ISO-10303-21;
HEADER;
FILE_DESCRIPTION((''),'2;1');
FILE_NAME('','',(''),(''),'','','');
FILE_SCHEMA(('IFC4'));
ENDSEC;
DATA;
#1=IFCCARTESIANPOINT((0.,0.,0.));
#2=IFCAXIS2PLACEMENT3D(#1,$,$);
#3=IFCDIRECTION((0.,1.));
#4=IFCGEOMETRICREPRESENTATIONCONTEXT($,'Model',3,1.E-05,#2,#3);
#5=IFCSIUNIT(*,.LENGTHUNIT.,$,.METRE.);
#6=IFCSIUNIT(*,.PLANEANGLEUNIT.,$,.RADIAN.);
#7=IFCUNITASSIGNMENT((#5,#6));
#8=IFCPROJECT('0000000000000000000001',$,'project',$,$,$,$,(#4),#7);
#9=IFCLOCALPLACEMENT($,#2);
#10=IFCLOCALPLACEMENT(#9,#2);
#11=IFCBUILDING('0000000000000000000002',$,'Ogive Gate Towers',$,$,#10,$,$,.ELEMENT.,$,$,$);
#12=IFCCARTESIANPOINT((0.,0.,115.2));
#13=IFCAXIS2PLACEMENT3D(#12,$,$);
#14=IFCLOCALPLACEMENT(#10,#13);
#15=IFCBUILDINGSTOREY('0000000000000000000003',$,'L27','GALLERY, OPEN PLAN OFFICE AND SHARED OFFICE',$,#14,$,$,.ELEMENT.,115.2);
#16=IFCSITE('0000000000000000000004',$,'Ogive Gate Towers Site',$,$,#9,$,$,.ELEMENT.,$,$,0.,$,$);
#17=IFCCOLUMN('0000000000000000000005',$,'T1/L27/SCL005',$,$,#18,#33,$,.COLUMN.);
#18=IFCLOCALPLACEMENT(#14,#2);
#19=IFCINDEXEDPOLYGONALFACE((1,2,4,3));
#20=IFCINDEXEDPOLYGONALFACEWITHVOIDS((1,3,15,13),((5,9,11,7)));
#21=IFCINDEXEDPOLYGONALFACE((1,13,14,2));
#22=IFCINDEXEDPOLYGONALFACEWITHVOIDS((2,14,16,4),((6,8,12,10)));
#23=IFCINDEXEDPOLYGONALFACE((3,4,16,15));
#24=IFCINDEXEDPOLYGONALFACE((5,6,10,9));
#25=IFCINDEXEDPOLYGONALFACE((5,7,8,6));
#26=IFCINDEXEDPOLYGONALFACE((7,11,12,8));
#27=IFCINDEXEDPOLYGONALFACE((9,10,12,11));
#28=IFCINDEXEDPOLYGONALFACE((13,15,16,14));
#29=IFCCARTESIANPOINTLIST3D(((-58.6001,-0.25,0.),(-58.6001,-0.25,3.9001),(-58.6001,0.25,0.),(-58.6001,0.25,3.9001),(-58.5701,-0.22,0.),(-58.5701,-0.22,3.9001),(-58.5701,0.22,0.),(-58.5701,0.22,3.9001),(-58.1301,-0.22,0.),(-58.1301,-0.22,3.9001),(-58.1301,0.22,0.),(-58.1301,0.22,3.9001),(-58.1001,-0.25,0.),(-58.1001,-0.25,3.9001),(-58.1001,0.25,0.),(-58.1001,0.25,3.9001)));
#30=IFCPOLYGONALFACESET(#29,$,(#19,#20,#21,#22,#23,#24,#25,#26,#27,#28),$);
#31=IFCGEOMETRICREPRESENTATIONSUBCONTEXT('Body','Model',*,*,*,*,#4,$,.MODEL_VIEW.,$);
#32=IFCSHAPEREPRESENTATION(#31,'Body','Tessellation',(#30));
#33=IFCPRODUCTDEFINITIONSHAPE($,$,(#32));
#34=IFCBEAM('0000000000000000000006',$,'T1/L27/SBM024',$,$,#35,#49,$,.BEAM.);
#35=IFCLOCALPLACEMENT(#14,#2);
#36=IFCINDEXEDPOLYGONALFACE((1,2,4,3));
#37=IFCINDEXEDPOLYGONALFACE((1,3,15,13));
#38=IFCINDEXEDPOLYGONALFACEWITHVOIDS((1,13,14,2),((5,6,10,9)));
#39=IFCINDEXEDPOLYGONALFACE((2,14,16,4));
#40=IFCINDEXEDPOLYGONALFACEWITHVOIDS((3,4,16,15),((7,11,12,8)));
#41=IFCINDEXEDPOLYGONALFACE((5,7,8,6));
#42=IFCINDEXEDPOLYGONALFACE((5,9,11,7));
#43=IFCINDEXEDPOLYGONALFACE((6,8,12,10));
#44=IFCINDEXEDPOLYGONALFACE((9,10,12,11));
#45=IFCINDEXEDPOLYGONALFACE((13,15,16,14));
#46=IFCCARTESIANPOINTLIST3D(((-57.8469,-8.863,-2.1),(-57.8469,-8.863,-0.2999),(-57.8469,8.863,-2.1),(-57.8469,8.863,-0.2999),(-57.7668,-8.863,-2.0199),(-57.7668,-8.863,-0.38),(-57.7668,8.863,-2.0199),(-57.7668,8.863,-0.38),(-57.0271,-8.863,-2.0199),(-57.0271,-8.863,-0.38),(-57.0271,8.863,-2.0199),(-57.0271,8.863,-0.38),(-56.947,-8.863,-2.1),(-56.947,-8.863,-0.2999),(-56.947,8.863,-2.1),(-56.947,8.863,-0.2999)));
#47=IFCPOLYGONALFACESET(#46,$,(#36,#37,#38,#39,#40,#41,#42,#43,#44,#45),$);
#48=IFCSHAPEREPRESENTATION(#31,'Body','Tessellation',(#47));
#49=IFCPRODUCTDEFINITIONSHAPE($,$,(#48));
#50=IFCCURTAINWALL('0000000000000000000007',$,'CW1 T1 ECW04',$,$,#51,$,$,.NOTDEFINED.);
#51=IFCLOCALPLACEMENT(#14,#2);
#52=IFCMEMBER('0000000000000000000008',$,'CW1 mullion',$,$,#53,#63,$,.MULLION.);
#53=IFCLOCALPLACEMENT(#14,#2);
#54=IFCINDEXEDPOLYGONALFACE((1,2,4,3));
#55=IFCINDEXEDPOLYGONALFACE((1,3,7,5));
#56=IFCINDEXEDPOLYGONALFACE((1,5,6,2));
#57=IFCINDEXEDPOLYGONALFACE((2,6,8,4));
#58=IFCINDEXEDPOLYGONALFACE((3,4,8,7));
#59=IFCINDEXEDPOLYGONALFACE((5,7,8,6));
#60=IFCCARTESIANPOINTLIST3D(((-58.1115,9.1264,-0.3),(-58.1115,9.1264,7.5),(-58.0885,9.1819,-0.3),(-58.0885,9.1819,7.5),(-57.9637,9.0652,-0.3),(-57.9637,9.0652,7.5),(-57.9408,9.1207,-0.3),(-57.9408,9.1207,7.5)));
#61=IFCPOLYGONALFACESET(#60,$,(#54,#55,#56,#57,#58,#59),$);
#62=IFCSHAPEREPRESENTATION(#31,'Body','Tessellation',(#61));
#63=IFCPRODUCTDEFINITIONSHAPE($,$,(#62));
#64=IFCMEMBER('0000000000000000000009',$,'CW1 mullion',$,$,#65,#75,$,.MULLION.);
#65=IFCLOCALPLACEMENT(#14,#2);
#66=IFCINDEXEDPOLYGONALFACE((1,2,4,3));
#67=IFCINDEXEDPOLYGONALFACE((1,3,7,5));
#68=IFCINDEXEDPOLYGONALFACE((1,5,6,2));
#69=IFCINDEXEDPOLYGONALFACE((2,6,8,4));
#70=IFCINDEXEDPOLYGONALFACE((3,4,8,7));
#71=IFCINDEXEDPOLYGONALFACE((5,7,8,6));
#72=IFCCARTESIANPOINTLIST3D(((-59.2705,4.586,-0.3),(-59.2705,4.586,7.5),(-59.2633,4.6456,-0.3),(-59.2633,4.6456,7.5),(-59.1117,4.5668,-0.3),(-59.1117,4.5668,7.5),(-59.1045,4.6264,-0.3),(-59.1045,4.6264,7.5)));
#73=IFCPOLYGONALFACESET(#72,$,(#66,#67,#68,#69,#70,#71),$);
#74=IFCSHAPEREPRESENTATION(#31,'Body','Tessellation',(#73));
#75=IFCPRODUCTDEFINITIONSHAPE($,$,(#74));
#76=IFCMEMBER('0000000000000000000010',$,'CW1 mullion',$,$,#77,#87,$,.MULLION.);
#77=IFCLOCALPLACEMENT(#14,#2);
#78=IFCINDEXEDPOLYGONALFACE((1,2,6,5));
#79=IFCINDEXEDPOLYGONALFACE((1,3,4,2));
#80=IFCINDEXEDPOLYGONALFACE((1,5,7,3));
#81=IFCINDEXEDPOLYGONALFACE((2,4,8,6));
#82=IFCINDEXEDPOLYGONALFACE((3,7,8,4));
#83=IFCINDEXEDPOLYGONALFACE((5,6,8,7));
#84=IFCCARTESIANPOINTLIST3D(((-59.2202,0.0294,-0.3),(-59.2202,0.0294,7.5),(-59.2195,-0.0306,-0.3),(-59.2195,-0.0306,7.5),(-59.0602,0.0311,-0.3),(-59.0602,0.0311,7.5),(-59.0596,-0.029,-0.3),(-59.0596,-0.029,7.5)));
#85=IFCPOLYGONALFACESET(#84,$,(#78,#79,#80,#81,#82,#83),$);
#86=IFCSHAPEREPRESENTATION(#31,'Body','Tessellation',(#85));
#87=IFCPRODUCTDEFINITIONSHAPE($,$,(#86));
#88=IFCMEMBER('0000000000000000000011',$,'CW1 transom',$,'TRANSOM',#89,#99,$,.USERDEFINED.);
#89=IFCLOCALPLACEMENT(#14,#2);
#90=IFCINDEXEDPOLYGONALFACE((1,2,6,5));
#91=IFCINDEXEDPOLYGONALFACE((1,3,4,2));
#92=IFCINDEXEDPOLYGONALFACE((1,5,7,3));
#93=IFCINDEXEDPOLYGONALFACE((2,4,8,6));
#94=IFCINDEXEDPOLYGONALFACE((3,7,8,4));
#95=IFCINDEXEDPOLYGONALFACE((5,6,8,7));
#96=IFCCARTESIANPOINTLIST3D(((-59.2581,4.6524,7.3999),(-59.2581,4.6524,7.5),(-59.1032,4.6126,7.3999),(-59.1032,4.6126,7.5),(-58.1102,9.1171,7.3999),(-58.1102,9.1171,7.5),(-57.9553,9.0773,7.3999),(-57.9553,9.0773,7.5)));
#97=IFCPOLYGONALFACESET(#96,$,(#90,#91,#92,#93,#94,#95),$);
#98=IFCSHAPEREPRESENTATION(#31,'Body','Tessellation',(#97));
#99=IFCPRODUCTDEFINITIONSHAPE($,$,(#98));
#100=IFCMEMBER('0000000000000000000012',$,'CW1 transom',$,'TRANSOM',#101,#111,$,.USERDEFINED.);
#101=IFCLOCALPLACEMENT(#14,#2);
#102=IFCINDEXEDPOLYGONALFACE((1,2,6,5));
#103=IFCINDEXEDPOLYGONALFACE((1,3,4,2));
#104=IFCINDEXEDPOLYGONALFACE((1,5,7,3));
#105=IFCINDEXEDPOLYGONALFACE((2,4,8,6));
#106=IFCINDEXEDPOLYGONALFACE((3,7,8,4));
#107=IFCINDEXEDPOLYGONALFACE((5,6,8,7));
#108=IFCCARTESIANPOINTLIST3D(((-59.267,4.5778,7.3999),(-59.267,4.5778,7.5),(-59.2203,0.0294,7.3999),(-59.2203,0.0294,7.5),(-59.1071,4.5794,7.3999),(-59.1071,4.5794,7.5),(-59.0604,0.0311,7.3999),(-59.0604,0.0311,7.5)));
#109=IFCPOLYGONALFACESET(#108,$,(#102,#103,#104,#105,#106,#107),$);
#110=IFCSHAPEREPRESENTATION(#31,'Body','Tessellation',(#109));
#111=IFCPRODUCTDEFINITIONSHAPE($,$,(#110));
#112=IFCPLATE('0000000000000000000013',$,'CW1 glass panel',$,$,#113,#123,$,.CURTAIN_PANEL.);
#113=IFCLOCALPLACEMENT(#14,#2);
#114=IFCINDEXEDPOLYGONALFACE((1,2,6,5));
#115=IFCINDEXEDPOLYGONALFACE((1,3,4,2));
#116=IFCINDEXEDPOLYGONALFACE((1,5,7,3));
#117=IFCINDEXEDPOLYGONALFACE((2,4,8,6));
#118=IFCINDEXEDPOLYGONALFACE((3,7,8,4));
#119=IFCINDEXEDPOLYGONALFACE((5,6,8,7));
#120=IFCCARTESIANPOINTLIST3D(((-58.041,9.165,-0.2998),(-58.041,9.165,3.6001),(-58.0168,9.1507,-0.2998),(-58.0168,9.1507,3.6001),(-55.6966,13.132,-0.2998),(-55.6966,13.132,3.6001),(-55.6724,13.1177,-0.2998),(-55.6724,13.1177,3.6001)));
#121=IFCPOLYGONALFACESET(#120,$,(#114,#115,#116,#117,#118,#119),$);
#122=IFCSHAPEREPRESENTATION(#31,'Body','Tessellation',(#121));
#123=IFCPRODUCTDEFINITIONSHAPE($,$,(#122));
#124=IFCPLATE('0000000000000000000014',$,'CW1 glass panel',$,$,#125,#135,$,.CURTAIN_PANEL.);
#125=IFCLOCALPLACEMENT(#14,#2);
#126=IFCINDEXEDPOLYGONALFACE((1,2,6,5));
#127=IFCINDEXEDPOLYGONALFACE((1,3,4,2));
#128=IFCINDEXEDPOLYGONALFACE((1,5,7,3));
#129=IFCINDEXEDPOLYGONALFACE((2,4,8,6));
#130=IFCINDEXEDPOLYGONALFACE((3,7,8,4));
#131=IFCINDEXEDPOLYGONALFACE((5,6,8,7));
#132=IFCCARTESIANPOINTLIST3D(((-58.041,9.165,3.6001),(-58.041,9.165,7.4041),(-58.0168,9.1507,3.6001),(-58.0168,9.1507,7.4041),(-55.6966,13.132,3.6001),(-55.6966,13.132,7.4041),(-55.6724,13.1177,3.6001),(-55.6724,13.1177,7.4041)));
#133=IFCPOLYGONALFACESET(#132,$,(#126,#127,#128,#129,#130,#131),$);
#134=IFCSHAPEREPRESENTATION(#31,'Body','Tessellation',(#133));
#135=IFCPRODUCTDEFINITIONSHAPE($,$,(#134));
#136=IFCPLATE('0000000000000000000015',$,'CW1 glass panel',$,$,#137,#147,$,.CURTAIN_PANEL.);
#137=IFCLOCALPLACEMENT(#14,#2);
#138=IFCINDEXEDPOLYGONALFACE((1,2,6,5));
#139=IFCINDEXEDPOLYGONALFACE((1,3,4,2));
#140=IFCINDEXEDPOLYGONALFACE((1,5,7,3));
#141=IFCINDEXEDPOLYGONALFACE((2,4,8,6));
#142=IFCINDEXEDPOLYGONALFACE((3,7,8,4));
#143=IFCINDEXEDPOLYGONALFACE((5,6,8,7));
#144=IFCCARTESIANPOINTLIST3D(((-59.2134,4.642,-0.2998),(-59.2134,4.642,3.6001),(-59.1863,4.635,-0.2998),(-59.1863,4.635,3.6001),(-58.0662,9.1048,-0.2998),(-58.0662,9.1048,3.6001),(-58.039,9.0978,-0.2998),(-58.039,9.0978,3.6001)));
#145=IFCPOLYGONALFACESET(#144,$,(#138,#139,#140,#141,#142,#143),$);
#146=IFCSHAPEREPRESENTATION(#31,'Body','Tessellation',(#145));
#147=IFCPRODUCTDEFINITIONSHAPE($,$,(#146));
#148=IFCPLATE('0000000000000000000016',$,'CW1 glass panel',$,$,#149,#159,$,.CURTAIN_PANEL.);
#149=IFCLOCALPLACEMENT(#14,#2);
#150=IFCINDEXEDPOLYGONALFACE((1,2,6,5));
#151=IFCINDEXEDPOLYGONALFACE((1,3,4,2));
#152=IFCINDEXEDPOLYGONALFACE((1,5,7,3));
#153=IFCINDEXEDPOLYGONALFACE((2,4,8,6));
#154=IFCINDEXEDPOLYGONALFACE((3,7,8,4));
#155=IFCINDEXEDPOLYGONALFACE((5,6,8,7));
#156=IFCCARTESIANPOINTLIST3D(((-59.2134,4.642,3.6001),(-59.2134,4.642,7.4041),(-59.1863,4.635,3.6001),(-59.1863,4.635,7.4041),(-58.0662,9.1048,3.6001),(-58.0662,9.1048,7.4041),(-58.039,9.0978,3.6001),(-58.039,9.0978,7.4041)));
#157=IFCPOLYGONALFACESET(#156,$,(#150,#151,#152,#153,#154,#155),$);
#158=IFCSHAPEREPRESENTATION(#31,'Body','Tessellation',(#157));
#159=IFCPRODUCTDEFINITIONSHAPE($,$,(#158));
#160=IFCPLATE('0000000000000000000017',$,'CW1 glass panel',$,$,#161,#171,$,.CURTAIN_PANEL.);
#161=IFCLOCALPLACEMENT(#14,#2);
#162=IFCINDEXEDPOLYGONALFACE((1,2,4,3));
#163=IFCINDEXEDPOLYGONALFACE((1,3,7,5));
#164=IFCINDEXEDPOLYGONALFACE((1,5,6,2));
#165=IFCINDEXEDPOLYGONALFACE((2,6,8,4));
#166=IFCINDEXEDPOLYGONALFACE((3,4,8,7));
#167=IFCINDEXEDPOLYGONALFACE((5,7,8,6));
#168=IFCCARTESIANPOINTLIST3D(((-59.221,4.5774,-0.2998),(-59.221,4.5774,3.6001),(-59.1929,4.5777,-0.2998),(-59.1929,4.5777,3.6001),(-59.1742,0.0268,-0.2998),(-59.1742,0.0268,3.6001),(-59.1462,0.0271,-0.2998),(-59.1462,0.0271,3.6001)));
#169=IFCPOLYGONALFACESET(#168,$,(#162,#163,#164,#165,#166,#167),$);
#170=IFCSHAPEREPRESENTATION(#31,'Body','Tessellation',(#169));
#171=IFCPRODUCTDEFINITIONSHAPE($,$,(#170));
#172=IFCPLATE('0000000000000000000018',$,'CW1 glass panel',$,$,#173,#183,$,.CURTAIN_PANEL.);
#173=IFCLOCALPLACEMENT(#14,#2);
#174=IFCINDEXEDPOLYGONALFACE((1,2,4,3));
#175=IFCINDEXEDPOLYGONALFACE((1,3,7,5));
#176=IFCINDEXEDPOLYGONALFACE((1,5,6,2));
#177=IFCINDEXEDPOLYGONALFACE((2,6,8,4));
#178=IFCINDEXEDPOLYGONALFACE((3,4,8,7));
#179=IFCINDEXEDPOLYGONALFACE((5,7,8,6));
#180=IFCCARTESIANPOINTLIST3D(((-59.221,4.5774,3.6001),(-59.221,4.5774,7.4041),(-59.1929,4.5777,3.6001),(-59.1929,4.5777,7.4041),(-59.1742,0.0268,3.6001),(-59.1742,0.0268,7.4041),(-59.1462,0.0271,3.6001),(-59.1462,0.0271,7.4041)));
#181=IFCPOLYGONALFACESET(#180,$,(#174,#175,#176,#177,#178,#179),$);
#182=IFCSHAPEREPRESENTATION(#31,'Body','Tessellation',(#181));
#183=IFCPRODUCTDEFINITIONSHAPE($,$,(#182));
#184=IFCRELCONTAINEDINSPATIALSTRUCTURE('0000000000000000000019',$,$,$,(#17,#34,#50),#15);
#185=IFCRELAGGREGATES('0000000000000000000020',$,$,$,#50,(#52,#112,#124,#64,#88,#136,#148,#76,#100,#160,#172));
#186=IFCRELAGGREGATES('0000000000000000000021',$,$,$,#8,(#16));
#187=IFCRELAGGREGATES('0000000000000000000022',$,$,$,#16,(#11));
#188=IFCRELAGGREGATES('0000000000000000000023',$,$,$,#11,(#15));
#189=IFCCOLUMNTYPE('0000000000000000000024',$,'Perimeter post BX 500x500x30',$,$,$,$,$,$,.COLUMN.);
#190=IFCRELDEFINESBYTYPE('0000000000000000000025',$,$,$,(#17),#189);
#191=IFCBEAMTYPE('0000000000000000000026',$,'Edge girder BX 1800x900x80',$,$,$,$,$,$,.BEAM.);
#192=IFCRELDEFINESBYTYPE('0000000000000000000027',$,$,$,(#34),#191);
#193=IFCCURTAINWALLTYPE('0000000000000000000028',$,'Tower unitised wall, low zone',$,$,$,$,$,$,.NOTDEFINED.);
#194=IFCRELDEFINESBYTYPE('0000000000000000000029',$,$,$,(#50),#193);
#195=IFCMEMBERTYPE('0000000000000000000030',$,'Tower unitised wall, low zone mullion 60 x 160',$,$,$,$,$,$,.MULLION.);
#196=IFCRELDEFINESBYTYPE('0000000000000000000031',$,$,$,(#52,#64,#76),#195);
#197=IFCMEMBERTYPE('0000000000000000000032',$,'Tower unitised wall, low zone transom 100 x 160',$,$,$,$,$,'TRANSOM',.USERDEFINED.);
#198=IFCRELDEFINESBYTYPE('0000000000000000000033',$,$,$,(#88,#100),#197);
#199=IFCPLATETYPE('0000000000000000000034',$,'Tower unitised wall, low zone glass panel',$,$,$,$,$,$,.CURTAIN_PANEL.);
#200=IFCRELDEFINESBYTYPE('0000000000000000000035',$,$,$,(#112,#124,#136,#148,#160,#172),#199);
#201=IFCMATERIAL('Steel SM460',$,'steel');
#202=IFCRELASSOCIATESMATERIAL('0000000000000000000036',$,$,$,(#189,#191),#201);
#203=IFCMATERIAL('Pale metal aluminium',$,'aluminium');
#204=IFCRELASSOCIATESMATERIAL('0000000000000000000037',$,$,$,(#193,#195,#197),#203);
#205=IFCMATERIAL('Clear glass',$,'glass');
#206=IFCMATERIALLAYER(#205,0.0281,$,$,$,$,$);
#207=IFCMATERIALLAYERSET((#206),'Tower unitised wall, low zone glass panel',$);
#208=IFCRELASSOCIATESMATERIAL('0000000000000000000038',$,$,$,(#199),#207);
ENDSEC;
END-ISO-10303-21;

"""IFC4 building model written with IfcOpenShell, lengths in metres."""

from ifc_helpers import new_model, si_unit, direction, frame, origin, origin_2d, place, context, subcontext, project, spatial, rectangle, hollow_rectangle, extrude, material, layer, layer_set, material_profile, profile_set, type_object, element, aggregate, save


model = new_model("IFC4")

# Units and contexts
model_context = context("Model", 3, precision=1e-05, world=origin(), true_north=direction((0.0, 1.0)))
body_context = subcontext(model_context, "Body", "Model", "MODEL_VIEW")
ifc_project = project(units=[si_unit("LENGTHUNIT", "METRE"), si_unit("PLANEANGLEUNIT", "RADIAN")], contexts=[model_context])

# Site, building, storey
site_placement = place(None, origin())
site = spatial("IfcSite", under=ifc_project, at=site_placement, Name="Ogive Gate Towers Site", CompositionType="ELEMENT", RefElevation=0.0)
building_placement = place(site_placement, origin())
building = spatial("IfcBuilding", under=site, at=building_placement, Name="Ogive Gate Towers", CompositionType="ELEMENT")
storey_placement = place(building_placement, frame((0.0, 0.0, 115.2)))
storey = spatial("IfcBuildingStorey", under=building, at=storey_placement, Name="L27", Description="GALLERY, OPEN PLAN OFFICE AND SHARED OFFICE", CompositionType="ELEMENT", Elevation=115.2)

# Column
ifc_material_1 = material(Name="Steel SM460", Category="steel")
ifc_material_profile_1 = material_profile(ifc_material_1, hollow_rectangle(XDim=0.5, YDim=0.5, WallThickness=0.03, at=origin_2d()), Name="BX 500x500x30")
ifc_profile_set_1 = profile_set([ifc_material_profile_1], Name="Steel SM460")
column_type = type_object("IfcColumnType", Name="Perimeter post BX 500x500x30", PredefinedType="COLUMN", material=ifc_profile_set_1)
column_placement = place(storey_placement, frame((-58.3501, 0.0, 0.0), z_axis=(0.0, 0.0, 1.0), x_axis=(1.0, 0.0, 0.0)))
element("IfcColumn", 1, at=column_placement, inside=storey, type_object=column_type, Name="T1/L27/SCL005", PredefinedType="COLUMN", context=body_context, shape_type="SweptSolid", body=[
    extrude(hollow_rectangle(XDim=0.5, YDim=0.5, WallThickness=0.03, at=origin_2d()), origin(), (0.0, 0.0, 1.0), 3.9001),
])

# Beam
ifc_material_profile_2 = material_profile(ifc_material_1, hollow_rectangle(XDim=0.8999, YDim=1.8, WallThickness=0.0801, at=origin_2d()), Name="BX 1800x900x80")
ifc_profile_set_2 = profile_set([ifc_material_profile_2], Name="Steel SM460")
beam_type = type_object("IfcBeamType", Name="Edge girder BX 1800x900x80", PredefinedType="BEAM", material=ifc_profile_set_2)
beam_placement = place(storey_placement, frame((-57.397, 8.863, -1.2), z_axis=(0.0, -1.0, 0.0), x_axis=(1.0, 0.0, 0.0)))
element("IfcBeam", 2, at=beam_placement, inside=storey, type_object=beam_type, Name="T1/L27/SBM024", PredefinedType="BEAM", context=body_context, shape_type="SweptSolid", body=[
    extrude(hollow_rectangle(XDim=0.8999, YDim=1.8, WallThickness=0.0801, at=origin_2d()), origin(), (0.0, 0.0, 1.0), 17.7261),
])

# Curtain wall, members, plates
ifc_material_2 = material(Name="Pale metal aluminium", Category="aluminium")
curtain_wall_type = type_object("IfcCurtainWallType", Name="Tower unitised wall, low zone", PredefinedType="NOTDEFINED", material=ifc_material_2)
curtain_wall_placement = place(storey_placement, origin())
curtain_wall = element("IfcCurtainWall", 3, at=curtain_wall_placement, inside=storey, type_object=curtain_wall_type, Name="CW1 T1 ECW04", PredefinedType="NOTDEFINED")
ifc_material_profile_3 = material_profile(ifc_material_2, rectangle(XDim=0.1599, YDim=0.0601, at=origin_2d()), Name="60 x 160 aluminium box")
ifc_profile_set_3 = profile_set([ifc_material_profile_3], Name="Pale metal aluminium")
member_type_1 = type_object("IfcMemberType", Name="Tower unitised wall, low zone mullion 60 x 160", PredefinedType="MULLION", material=ifc_profile_set_3)
member_1_placement = place(storey_placement, frame((-58.0261, 9.1235, -0.3), z_axis=(0.0, 0.0, 1.0), x_axis=(-0.92388, 0.382683, 0.0)))
member_1 = element("IfcMember", 4, at=member_1_placement, type_object=member_type_1, Name="CW1 mullion", PredefinedType="MULLION", context=body_context, shape_type="SweptSolid", body=[
    extrude(rectangle(XDim=0.1599, YDim=0.0601, at=origin_2d()), origin(), (0.0, 0.0, 1.0), 7.8),
])
member_2_placement = place(storey_placement, frame((-59.1875, 4.6062, -0.3), z_axis=(0.0, 0.0, 1.0), x_axis=(-0.992728, 0.120379, 0.0)))
member_2 = element("IfcMember", 5, at=member_2_placement, type_object=member_type_1, Name="CW1 mullion", PredefinedType="MULLION", context=body_context, shape_type="SweptSolid", body=[
    extrude(rectangle(XDim=0.1599, YDim=0.0601, at=origin_2d()), origin(), (0.0, 0.0, 1.0), 7.8),
])
member_3_placement = place(storey_placement, frame((-59.1399, 0.0002, -0.3), z_axis=(0.0, 0.0, 1.0), x_axis=(-0.999947, -0.01028, 0.0)))
member_3 = element("IfcMember", 6, at=member_3_placement, type_object=member_type_1, Name="CW1 mullion", PredefinedType="MULLION", context=body_context, shape_type="SweptSolid", body=[
    extrude(rectangle(XDim=0.1599, YDim=0.0601, at=origin_2d()), origin(), (0.0, 0.0, 1.0), 7.8),
])
ifc_material_profile_4 = material_profile(ifc_material_2, rectangle(XDim=0.1599, YDim=0.1001, at=origin_2d()), Name="100 x 160 aluminium box")
ifc_profile_set_4 = profile_set([ifc_material_profile_4], Name="Pale metal aluminium")
member_type_2 = type_object("IfcMemberType", Name="Tower unitised wall, low zone transom 100 x 160", ElementType="TRANSOM", PredefinedType="USERDEFINED", material=ifc_profile_set_4)
member_4_placement = place(storey_placement, frame((-58.0327, 9.0972, 7.45), z_axis=(-0.249023, -0.968498, 0.0), x_axis=(0.968498, -0.249023, 0.0)))
member_4 = element("IfcMember", 7, at=member_4_placement, type_object=member_type_2, Name="CW1 transom", ObjectType="TRANSOM", PredefinedType="USERDEFINED", context=body_context, shape_type="SweptSolid", body=[
    extrude(rectangle(XDim=0.1599, YDim=0.1001, at=origin_2d()), origin(), (0.0, 0.0, 1.0), 4.6099),
])
member_5_placement = place(storey_placement, frame((-59.187, 4.5786, 7.45), z_axis=(0.010252, -0.999947, 0.0), x_axis=(0.999947, 0.010252, 0.0)))
member_5 = element("IfcMember", 8, at=member_5_placement, type_object=member_type_2, Name="CW1 transom", ObjectType="TRANSOM", PredefinedType="USERDEFINED", context=body_context, shape_type="SweptSolid", body=[
    extrude(rectangle(XDim=0.1599, YDim=0.1001, at=origin_2d()), origin(), (0.0, 0.0, 1.0), 4.5486),
])
ifc_material_3 = material(Name="Clear glass", Category="glass")
ifc_layer_1 = layer(ifc_material_3, 0.0281)
ifc_layer_set_1 = layer_set([ifc_layer_1], Name="Tower unitised wall, low zone glass panel")
plate_type = type_object("IfcPlateType", Name="Tower unitised wall, low zone glass panel", PredefinedType="CURTAIN_PANEL", material=ifc_layer_set_1)
plate_1_placement = place(storey_placement, frame((-56.8567, 11.1414, -0.2998), z_axis=(0.0, 0.0, 1.0), x_axis=(-0.508771, -0.860902, 0.0)))
plate_1 = element("IfcPlate", 9, at=plate_1_placement, type_object=plate_type, Name="CW1 glass panel", PredefinedType="CURTAIN_PANEL", context=body_context, shape_type="SweptSolid", body=[
    extrude(rectangle(XDim=4.6079, YDim=0.0281, at=origin_2d()), origin(), (0.0, 0.0, 1.0), 3.8999),
])
plate_2_placement = place(storey_placement, frame((-56.8567, 11.1414, 3.6001), z_axis=(0.0, 0.0, 1.0), x_axis=(-0.508771, -0.860902, 0.0)))
plate_2 = element("IfcPlate", 10, at=plate_2_placement, type_object=plate_type, Name="CW1 glass panel", PredefinedType="CURTAIN_PANEL", context=body_context, shape_type="SweptSolid", body=[
    extrude(rectangle(XDim=4.6079, YDim=0.0281, at=origin_2d()), origin(), (0.0, 0.0, 1.0), 3.804),
])
plate_3_placement = place(storey_placement, frame((-58.6262, 6.8699, -0.2998), z_axis=(0.0, 0.0, 1.0), x_axis=(-0.248977, -0.968509, 0.0)))
plate_3 = element("IfcPlate", 11, at=plate_3_placement, type_object=plate_type, Name="CW1 glass panel", PredefinedType="CURTAIN_PANEL", context=body_context, shape_type="SweptSolid", body=[
    extrude(rectangle(XDim=4.6079, YDim=0.0281, at=origin_2d()), origin(), (0.0, 0.0, 1.0), 3.8999),
])
plate_4_placement = place(storey_placement, frame((-58.6262, 6.8699, 3.6001), z_axis=(0.0, 0.0, 1.0), x_axis=(-0.248977, -0.968509, 0.0)))
plate_4 = element("IfcPlate", 12, at=plate_4_placement, type_object=plate_type, Name="CW1 glass panel", PredefinedType="CURTAIN_PANEL", context=body_context, shape_type="SweptSolid", body=[
    extrude(rectangle(XDim=4.6079, YDim=0.0281, at=origin_2d()), origin(), (0.0, 0.0, 1.0), 3.804),
])
plate_5_placement = place(storey_placement, frame((-59.1836, 2.3022, -0.2998), z_axis=(0.0, 0.0, 1.0), x_axis=(0.01028, -0.999947, 0.0)))
plate_5 = element("IfcPlate", 13, at=plate_5_placement, type_object=plate_type, Name="CW1 glass panel", PredefinedType="CURTAIN_PANEL", context=body_context, shape_type="SweptSolid", body=[
    extrude(rectangle(XDim=4.5508, YDim=0.0281, at=origin_2d()), origin(), (0.0, 0.0, 1.0), 3.8999),
])
plate_6_placement = place(storey_placement, frame((-59.1836, 2.3022, 3.6001), z_axis=(0.0, 0.0, 1.0), x_axis=(0.01028, -0.999947, 0.0)))
plate_6 = element("IfcPlate", 14, at=plate_6_placement, type_object=plate_type, Name="CW1 glass panel", PredefinedType="CURTAIN_PANEL", context=body_context, shape_type="SweptSolid", body=[
    extrude(rectangle(XDim=4.5508, YDim=0.0281, at=origin_2d()), origin(), (0.0, 0.0, 1.0), 3.804),
])
aggregate(curtain_wall, [member_1, plate_1, plate_2, member_2, member_4, plate_3, plate_4, member_3, member_5, plate_5, plate_6])

save(model, "model.ifc")
